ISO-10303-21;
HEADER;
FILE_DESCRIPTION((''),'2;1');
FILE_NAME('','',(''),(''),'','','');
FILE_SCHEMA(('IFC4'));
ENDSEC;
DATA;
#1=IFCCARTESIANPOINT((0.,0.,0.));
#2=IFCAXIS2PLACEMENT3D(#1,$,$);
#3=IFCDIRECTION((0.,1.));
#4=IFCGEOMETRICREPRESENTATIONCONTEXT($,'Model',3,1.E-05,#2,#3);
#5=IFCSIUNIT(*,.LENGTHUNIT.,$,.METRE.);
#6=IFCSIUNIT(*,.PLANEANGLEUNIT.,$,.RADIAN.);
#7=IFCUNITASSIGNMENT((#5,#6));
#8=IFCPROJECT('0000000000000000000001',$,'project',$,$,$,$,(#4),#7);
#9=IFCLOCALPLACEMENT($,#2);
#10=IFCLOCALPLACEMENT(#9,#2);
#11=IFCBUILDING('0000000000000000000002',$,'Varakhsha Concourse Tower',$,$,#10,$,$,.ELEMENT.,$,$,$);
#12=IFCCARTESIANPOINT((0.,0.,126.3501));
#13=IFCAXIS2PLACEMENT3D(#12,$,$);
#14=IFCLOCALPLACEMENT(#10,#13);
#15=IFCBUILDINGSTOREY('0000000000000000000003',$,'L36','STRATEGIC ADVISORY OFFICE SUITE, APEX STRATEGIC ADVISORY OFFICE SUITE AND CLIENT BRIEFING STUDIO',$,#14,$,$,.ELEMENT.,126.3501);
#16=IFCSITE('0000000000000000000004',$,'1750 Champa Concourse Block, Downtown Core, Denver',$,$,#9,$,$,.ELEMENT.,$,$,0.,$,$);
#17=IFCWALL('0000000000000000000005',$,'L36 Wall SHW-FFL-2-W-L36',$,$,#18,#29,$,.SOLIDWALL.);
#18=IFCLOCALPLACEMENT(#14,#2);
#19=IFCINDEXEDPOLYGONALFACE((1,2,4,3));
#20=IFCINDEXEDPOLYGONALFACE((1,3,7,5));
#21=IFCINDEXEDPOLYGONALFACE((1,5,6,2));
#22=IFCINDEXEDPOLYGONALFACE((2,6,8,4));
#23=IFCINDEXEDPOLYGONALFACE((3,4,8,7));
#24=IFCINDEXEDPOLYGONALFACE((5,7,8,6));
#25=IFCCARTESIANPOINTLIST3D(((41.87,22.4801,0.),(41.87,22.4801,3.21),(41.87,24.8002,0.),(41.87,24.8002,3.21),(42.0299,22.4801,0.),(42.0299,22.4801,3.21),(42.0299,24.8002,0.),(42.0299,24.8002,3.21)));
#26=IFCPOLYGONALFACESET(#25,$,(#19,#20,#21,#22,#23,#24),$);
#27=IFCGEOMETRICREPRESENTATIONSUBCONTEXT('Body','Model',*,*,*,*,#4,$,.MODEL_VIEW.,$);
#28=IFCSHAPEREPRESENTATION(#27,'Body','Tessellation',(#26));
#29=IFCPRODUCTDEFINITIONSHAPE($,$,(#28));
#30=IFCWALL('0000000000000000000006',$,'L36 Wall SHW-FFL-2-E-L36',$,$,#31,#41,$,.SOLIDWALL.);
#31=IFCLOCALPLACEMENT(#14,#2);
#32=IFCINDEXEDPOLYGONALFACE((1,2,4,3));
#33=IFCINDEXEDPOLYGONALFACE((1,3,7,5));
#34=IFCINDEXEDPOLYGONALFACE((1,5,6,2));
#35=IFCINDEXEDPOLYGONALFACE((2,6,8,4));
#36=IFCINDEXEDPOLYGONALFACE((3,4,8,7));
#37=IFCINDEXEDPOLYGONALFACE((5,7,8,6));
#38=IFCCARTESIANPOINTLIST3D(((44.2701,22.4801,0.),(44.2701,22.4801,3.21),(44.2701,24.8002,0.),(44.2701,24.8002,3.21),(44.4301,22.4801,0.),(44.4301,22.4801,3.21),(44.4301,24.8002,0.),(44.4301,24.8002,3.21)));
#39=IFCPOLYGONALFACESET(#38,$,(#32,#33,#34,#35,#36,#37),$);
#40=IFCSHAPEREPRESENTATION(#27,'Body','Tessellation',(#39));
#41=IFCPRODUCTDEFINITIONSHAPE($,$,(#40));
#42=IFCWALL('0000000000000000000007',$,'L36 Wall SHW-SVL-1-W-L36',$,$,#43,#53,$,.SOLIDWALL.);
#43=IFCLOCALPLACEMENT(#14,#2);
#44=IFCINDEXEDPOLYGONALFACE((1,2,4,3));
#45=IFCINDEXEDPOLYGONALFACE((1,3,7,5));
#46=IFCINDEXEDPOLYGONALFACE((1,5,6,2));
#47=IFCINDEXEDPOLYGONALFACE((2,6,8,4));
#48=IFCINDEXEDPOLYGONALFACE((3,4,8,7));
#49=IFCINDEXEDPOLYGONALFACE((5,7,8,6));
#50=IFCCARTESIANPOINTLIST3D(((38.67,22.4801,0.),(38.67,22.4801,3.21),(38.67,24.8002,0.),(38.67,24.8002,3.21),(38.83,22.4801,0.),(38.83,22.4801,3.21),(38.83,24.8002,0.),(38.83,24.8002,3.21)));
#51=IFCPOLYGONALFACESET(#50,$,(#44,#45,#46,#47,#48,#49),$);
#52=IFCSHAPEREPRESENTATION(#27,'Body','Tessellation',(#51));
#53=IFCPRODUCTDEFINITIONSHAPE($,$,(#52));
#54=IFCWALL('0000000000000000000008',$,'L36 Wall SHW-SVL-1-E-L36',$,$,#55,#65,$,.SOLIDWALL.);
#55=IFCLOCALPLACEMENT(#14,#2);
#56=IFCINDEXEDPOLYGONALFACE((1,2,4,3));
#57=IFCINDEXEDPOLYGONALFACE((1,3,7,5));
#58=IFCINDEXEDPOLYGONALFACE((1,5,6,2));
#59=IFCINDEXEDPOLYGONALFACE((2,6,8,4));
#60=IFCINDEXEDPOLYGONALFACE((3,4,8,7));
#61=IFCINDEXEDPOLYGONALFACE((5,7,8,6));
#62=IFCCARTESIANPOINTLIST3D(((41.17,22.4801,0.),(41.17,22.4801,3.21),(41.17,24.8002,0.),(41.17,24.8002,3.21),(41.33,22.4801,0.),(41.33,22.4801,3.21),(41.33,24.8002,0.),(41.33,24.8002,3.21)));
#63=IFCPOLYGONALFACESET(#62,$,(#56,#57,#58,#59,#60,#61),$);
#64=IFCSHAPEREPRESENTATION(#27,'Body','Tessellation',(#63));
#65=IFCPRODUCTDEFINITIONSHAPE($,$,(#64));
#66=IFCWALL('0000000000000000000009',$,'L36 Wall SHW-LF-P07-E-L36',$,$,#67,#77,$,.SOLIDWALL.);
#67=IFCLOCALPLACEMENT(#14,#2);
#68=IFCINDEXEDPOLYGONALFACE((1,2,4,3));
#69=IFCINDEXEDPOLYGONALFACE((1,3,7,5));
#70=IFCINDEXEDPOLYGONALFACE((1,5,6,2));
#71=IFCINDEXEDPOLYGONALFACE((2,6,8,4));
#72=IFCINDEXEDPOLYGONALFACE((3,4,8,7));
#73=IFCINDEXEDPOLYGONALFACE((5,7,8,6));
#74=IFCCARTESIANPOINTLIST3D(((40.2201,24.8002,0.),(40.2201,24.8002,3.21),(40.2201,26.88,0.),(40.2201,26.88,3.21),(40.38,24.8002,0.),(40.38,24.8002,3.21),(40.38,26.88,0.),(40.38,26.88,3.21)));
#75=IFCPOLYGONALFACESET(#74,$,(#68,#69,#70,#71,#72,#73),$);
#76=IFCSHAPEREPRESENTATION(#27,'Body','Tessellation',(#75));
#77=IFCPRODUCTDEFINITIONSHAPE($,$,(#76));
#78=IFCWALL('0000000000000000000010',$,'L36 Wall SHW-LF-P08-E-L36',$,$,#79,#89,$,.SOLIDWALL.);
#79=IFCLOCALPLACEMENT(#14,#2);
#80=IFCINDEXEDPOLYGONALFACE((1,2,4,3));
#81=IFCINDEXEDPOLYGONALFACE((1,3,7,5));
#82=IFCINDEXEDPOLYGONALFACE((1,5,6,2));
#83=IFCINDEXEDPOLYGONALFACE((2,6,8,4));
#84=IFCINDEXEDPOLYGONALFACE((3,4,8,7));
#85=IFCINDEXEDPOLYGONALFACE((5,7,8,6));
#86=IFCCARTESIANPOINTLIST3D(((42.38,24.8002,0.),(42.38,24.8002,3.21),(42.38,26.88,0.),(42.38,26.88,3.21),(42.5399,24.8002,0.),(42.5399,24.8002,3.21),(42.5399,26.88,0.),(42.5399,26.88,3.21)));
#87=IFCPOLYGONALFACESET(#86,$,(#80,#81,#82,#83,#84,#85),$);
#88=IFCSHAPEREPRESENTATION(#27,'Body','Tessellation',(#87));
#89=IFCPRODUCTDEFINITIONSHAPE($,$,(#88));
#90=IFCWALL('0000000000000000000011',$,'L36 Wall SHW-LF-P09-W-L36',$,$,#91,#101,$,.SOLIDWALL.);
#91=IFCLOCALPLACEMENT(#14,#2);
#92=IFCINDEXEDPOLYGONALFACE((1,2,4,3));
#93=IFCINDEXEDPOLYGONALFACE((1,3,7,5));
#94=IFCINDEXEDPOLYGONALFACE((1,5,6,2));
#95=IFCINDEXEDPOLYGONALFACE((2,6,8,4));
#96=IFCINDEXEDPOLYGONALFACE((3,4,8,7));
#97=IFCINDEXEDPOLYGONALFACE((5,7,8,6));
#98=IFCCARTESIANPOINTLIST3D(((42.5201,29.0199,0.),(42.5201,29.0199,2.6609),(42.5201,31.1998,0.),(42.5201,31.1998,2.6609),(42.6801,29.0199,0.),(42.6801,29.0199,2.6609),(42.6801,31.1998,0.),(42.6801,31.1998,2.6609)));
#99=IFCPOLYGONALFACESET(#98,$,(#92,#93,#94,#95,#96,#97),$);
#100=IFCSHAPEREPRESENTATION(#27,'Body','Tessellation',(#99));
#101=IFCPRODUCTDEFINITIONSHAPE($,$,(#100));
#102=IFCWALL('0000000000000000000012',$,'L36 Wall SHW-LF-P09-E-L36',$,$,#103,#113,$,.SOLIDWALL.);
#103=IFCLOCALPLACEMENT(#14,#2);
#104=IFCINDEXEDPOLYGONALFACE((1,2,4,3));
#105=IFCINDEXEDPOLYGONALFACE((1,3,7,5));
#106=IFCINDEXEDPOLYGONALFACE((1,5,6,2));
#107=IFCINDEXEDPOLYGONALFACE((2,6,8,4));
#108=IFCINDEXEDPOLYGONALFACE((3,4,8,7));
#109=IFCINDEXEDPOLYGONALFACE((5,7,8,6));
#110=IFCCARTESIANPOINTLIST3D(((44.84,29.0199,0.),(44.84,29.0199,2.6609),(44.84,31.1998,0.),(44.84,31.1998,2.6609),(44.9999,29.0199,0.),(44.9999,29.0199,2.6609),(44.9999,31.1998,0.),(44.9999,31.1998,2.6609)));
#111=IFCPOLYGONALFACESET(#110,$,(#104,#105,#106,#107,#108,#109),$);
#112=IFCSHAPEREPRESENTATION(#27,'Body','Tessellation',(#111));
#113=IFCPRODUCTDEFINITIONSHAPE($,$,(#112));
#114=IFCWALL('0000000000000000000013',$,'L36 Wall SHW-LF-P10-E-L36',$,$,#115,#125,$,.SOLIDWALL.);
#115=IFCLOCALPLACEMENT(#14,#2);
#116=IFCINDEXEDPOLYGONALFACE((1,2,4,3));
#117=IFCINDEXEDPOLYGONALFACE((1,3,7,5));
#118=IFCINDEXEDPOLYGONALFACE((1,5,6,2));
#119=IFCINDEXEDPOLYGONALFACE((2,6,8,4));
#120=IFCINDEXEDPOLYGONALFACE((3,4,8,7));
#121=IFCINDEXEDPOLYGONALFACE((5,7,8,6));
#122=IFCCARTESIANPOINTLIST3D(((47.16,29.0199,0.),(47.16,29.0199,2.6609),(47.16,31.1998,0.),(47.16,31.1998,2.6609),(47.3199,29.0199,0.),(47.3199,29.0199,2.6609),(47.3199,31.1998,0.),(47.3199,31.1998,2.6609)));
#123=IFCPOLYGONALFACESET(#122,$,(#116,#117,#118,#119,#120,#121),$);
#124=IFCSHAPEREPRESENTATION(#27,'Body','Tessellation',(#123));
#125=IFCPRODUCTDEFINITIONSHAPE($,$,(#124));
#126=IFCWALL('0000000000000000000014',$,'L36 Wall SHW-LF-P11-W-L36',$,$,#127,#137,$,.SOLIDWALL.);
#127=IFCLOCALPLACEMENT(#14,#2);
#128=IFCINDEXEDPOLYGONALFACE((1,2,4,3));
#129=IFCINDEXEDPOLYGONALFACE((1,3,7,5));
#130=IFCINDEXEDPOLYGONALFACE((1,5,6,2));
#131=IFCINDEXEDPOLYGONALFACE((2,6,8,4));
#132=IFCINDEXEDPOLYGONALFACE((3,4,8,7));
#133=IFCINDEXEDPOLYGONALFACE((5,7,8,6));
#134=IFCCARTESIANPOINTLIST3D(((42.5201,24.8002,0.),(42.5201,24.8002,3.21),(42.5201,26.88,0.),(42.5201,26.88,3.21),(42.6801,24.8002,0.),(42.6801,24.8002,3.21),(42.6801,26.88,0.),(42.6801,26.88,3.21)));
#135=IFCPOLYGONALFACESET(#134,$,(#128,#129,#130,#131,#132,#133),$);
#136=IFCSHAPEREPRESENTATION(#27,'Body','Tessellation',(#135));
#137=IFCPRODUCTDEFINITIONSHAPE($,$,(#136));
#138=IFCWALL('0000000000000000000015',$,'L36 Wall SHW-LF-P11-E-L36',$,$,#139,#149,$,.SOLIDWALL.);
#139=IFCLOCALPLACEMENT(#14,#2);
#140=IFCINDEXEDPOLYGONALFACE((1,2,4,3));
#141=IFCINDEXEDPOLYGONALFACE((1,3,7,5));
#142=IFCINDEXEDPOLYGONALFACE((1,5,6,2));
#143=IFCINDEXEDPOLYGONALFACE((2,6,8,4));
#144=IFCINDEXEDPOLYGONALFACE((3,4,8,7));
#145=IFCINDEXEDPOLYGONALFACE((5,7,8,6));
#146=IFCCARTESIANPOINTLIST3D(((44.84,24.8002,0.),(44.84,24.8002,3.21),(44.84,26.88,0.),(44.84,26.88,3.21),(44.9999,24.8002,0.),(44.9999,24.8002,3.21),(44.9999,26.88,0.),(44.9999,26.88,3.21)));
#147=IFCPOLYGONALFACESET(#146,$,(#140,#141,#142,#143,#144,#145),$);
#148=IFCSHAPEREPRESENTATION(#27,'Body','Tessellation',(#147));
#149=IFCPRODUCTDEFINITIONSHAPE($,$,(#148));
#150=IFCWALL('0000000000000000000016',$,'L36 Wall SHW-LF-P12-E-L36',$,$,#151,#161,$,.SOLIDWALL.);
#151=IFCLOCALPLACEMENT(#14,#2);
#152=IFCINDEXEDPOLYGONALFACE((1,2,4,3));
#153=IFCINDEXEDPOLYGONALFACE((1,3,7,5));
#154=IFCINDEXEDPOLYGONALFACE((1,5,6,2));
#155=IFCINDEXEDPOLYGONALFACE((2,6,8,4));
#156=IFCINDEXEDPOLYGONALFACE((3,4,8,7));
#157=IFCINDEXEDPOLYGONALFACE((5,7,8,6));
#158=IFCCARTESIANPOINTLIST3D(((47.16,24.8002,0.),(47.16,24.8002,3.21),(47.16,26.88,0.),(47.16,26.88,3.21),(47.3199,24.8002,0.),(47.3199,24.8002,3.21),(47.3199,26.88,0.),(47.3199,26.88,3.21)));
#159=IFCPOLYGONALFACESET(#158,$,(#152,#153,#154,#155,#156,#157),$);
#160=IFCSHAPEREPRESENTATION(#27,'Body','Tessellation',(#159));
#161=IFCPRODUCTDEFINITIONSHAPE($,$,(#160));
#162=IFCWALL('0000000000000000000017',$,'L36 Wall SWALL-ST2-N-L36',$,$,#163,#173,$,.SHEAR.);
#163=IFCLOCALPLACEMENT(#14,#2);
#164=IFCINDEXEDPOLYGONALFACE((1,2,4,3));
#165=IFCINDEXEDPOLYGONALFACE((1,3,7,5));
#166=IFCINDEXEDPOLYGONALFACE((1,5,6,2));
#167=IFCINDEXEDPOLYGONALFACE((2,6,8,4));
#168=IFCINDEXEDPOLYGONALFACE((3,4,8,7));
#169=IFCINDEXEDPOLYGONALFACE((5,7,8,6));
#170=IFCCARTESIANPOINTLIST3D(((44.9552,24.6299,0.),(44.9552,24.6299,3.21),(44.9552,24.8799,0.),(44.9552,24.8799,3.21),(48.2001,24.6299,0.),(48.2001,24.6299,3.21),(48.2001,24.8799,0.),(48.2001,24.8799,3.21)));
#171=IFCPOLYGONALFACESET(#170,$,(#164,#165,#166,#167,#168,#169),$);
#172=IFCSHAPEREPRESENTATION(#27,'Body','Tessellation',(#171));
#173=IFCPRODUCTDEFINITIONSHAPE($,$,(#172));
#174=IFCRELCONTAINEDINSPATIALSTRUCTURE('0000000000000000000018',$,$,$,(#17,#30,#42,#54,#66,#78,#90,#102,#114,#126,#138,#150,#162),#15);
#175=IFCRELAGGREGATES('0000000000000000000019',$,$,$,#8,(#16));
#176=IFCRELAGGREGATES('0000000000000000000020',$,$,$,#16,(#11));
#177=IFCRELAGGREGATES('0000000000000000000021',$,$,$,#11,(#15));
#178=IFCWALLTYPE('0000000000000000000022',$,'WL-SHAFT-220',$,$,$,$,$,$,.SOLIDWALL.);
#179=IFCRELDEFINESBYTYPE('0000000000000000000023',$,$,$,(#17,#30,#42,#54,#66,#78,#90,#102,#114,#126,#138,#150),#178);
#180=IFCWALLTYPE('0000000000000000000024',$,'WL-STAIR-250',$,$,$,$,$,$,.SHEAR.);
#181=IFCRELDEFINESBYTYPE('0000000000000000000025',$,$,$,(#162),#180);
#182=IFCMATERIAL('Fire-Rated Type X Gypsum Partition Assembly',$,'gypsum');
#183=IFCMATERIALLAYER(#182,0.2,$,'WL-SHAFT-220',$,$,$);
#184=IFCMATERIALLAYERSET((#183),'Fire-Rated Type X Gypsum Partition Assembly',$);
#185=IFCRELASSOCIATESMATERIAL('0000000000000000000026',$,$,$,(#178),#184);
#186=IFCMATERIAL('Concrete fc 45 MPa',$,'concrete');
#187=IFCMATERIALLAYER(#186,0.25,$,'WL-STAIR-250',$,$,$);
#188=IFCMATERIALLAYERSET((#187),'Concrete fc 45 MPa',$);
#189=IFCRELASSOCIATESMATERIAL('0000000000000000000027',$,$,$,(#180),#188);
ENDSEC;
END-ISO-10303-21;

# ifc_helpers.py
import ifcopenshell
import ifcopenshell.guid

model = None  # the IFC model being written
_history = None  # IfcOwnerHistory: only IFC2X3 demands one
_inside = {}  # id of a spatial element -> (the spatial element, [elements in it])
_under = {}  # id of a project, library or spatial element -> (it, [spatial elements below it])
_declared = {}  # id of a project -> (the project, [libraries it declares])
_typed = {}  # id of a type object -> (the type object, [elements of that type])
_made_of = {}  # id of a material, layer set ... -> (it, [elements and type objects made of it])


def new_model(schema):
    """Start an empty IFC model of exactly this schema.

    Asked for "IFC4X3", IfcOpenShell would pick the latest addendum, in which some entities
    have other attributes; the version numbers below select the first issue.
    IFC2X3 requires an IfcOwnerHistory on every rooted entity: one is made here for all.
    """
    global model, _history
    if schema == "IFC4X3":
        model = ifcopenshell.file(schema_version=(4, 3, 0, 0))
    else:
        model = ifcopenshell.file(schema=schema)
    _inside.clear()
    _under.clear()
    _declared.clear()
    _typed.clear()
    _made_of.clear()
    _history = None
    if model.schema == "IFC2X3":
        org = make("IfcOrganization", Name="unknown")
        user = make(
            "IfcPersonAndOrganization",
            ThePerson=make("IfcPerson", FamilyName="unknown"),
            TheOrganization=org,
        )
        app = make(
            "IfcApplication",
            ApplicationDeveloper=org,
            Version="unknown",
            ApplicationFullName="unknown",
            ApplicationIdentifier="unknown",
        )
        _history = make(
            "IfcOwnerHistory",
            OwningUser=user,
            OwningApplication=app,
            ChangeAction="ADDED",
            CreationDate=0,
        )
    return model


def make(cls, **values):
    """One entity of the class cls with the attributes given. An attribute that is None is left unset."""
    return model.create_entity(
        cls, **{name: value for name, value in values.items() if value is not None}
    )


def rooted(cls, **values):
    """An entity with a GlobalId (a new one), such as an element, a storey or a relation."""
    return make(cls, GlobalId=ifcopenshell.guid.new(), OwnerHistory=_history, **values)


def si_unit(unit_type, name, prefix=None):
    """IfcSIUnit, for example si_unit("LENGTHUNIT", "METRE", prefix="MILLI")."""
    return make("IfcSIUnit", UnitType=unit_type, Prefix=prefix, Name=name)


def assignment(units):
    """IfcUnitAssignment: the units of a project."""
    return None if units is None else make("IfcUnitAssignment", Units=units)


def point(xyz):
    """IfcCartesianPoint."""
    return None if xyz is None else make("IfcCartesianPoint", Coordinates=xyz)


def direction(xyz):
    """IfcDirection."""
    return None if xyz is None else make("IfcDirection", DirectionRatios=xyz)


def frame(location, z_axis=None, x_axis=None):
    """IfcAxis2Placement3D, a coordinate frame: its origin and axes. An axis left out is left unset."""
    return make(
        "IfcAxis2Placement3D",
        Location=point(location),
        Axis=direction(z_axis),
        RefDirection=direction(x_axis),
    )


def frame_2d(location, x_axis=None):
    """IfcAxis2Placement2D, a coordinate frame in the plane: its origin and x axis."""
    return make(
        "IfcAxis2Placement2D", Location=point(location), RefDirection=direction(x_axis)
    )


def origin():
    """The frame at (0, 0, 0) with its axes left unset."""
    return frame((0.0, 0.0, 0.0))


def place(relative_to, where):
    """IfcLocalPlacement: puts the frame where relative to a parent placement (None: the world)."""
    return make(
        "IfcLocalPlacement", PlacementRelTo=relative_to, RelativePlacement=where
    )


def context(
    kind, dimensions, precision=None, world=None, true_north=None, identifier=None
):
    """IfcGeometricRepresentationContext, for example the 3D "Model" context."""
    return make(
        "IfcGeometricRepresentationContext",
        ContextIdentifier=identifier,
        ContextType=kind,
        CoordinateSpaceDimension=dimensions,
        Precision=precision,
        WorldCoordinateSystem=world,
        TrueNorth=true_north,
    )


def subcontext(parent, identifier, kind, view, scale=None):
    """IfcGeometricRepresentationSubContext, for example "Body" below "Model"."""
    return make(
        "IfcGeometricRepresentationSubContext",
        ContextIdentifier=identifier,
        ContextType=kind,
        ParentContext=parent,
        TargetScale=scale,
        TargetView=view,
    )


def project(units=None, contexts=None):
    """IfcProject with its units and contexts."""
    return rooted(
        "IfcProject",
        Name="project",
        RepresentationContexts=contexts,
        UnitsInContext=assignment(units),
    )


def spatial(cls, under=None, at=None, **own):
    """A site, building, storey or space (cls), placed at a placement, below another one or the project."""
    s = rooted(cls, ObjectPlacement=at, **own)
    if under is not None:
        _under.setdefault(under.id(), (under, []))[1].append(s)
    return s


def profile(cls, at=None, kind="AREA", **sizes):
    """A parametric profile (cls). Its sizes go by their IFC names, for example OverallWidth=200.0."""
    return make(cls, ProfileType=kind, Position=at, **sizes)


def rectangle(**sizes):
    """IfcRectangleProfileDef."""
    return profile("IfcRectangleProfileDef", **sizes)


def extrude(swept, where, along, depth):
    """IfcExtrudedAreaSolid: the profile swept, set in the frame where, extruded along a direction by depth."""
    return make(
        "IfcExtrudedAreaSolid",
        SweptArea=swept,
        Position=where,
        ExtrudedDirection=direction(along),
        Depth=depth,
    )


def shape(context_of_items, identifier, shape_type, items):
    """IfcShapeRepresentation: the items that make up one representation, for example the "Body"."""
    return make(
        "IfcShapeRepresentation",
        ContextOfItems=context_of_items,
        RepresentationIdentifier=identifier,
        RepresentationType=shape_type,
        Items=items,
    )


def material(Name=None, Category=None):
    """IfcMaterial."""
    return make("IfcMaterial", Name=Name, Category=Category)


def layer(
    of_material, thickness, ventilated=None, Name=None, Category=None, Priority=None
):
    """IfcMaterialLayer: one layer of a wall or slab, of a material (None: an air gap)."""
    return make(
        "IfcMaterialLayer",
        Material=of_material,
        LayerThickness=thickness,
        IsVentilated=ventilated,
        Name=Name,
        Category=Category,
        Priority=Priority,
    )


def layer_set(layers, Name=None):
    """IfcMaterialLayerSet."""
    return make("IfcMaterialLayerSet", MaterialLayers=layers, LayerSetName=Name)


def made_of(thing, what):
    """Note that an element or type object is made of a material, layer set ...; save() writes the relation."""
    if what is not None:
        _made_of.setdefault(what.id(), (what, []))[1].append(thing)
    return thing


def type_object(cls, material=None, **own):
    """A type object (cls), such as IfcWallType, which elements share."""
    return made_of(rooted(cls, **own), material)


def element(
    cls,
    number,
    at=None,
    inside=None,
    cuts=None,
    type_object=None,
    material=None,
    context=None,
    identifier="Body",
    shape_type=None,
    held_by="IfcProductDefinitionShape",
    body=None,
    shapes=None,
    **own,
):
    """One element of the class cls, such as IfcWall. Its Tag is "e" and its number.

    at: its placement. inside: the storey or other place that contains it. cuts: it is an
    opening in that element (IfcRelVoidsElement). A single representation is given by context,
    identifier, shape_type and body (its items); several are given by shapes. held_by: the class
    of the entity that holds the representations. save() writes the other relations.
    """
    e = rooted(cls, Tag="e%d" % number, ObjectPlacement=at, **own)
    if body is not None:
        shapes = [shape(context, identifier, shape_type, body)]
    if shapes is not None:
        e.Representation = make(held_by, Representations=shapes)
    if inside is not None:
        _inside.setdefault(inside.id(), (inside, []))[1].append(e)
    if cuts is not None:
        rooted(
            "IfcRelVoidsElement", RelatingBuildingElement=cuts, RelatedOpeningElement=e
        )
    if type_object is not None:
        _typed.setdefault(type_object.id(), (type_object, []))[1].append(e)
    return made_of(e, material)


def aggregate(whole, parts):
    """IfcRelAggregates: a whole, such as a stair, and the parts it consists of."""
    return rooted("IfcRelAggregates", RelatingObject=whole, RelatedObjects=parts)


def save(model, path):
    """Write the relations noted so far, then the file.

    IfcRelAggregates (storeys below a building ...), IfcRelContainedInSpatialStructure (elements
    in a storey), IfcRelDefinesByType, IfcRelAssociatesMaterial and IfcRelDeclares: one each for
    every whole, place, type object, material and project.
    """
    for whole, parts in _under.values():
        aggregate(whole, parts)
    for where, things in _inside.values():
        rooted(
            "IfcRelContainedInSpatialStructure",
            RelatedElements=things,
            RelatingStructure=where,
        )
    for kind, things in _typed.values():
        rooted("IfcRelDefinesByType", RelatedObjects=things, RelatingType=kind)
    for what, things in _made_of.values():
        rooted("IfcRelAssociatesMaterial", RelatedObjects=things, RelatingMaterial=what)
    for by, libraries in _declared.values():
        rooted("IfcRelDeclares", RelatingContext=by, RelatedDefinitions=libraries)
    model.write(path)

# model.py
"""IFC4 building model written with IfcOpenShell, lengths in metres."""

from ifc_helpers import new_model, si_unit, direction, frame, frame_2d, origin, place, context, subcontext, project, spatial, rectangle, extrude, material, layer, layer_set, type_object, element, save


model = new_model("IFC4")

# Units and contexts
model_context = context("Model", 3, precision=1e-05, world=origin(), true_north=direction((0.0, 1.0)))
body_context = subcontext(model_context, "Body", "Model", "MODEL_VIEW")
ifc_project = project(units=[si_unit("LENGTHUNIT", "METRE"), si_unit("PLANEANGLEUNIT", "RADIAN")], contexts=[model_context])

# Site, building, storey
site_placement = place(None, origin())
site = spatial("IfcSite", under=ifc_project, at=site_placement, Name="1750 Champa Concourse Block, Downtown Core, Denver", CompositionType="ELEMENT", RefElevation=0.0)
building_placement = place(site_placement, origin())
building = spatial("IfcBuilding", under=site, at=building_placement, Name="Varakhsha Concourse Tower", CompositionType="ELEMENT")
storey_placement = place(building_placement, frame((0.0, 0.0, 126.3501)))
storey = spatial("IfcBuildingStorey", under=building, at=storey_placement, Name="L36", Description="STRATEGIC ADVISORY OFFICE SUITE, APEX STRATEGIC ADVISORY OFFICE SUITE AND CLIENT BRIEFING STUDIO", CompositionType="ELEMENT", Elevation=126.3501)

# Walls
ifc_material_1 = material(Name="Fire-Rated Type X Gypsum Partition Assembly", Category="gypsum")
ifc_layer_1 = layer(ifc_material_1, 0.2, Name="WL-SHAFT-220")
ifc_layer_set_1 = layer_set([ifc_layer_1], Name="Fire-Rated Type X Gypsum Partition Assembly")
wall_type_1 = type_object("IfcWallType", Name="WL-SHAFT-220", PredefinedType="SOLIDWALL", material=ifc_layer_set_1)
for number, where, z_axis, x_axis, name in (
    (1, (41.95, 22.48, 0.0), (0.0, 0.0, 1.0), (0.0, 1.0, 0.0), "L36 Wall SHW-FFL-2-W-L36"),
    (2, (44.3501, 22.48, 0.0), (0.0, 0.0, 1.0), (0.0, 1.0, 0.0), "L36 Wall SHW-FFL-2-E-L36"),
    (3, (38.75, 22.48, 0.0), (0.0, 0.0, 1.0), (0.0, 1.0, 0.0), "L36 Wall SHW-SVL-1-W-L36"),
    (4, (41.25, 22.48, 0.0), (0.0, 0.0, 1.0), (0.0, 1.0, 0.0), "L36 Wall SHW-SVL-1-E-L36"),
):
    element("IfcWall", number, at=place(storey_placement, frame(where, z_axis=z_axis, x_axis=x_axis)), inside=storey, type_object=wall_type_1, Name=name, PredefinedType="SOLIDWALL", context=body_context, shape_type="SweptSolid", body=[
        extrude(rectangle(XDim=2.3201, YDim=0.1599, at=frame_2d((1.1602, 0.0))), origin(), (0.0, 0.0, 1.0), 3.21),
    ])
for number, where, z_axis, x_axis, name in (
    (5, (40.3, 24.8, 0.0), (0.0, 0.0, 1.0), (0.0, 1.0, 0.0), "L36 Wall SHW-LF-P07-E-L36"),
    (6, (42.46, 24.8, 0.0), (0.0, 0.0, 1.0), (0.0, 1.0, 0.0), "L36 Wall SHW-LF-P08-E-L36"),
):
    element("IfcWall", number, at=place(storey_placement, frame(where, z_axis=z_axis, x_axis=x_axis)), inside=storey, type_object=wall_type_1, Name=name, PredefinedType="SOLIDWALL", context=body_context, shape_type="SweptSolid", body=[
        extrude(rectangle(XDim=2.0798, YDim=0.1599, at=frame_2d((1.04, 0.0))), origin(), (0.0, 0.0, 1.0), 3.21),
    ])
for number, where, z_axis, x_axis, name in (
    (7, (42.6001, 29.02, 0.0), (0.0, 0.0, 1.0), (0.0, 1.0, 0.0), "L36 Wall SHW-LF-P09-W-L36"),
    (8, (44.9199, 29.02, 0.0), (0.0, 0.0, 1.0), (0.0, 1.0, 0.0), "L36 Wall SHW-LF-P09-E-L36"),
    (9, (47.24, 29.02, 0.0), (0.0, 0.0, 1.0), (0.0, 1.0, 0.0), "L36 Wall SHW-LF-P10-E-L36"),
):
    element("IfcWall", number, at=place(storey_placement, frame(where, z_axis=z_axis, x_axis=x_axis)), inside=storey, type_object=wall_type_1, Name=name, PredefinedType="SOLIDWALL", context=body_context, shape_type="SweptSolid", body=[
        extrude(rectangle(XDim=2.1799, YDim=0.1599, at=frame_2d((1.0898, 0.0))), origin(), (0.0, 0.0, 1.0), 2.6609),
    ])
for number, where, z_axis, x_axis, name in (
    (10, (42.6001, 24.8, 0.0), (0.0, 0.0, 1.0), (0.0, 1.0, 0.0), "L36 Wall SHW-LF-P11-W-L36"),
    (11, (44.9199, 24.8, 0.0), (0.0, 0.0, 1.0), (0.0, 1.0, 0.0), "L36 Wall SHW-LF-P11-E-L36"),
    (12, (47.24, 24.8, 0.0), (0.0, 0.0, 1.0), (0.0, 1.0, 0.0), "L36 Wall SHW-LF-P12-E-L36"),
):
    element("IfcWall", number, at=place(storey_placement, frame(where, z_axis=z_axis, x_axis=x_axis)), inside=storey, type_object=wall_type_1, Name=name, PredefinedType="SOLIDWALL", context=body_context, shape_type="SweptSolid", body=[
        extrude(rectangle(XDim=2.0798, YDim=0.1599, at=frame_2d((1.04, 0.0))), origin(), (0.0, 0.0, 1.0), 3.21),
    ])
ifc_material_2 = material(Name="Concrete fc 45 MPa", Category="concrete")
ifc_layer_2 = layer(ifc_material_2, 0.25, Name="WL-STAIR-250")
ifc_layer_set_2 = layer_set([ifc_layer_2], Name="Concrete fc 45 MPa")
wall_type_2 = type_object("IfcWallType", Name="WL-STAIR-250", PredefinedType="SHEAR", material=ifc_layer_set_2)
wall_1_placement = place(storey_placement, frame((44.9551, 24.7549, 0.0), z_axis=(0.0, 0.0, 1.0), x_axis=(1.0, 0.0, 0.0)))
element("IfcWall", 13, at=wall_1_placement, inside=storey, type_object=wall_type_2, Name="L36 Wall SWALL-ST2-N-L36", PredefinedType="SHEAR", context=body_context, shape_type="SweptSolid", body=[
    extrude(rectangle(XDim=3.2449, YDim=0.25, at=frame_2d((1.6226, 0.0))), origin(), (0.0, 0.0, 1.0), 3.21),
])

save(model, "model.ifc")
